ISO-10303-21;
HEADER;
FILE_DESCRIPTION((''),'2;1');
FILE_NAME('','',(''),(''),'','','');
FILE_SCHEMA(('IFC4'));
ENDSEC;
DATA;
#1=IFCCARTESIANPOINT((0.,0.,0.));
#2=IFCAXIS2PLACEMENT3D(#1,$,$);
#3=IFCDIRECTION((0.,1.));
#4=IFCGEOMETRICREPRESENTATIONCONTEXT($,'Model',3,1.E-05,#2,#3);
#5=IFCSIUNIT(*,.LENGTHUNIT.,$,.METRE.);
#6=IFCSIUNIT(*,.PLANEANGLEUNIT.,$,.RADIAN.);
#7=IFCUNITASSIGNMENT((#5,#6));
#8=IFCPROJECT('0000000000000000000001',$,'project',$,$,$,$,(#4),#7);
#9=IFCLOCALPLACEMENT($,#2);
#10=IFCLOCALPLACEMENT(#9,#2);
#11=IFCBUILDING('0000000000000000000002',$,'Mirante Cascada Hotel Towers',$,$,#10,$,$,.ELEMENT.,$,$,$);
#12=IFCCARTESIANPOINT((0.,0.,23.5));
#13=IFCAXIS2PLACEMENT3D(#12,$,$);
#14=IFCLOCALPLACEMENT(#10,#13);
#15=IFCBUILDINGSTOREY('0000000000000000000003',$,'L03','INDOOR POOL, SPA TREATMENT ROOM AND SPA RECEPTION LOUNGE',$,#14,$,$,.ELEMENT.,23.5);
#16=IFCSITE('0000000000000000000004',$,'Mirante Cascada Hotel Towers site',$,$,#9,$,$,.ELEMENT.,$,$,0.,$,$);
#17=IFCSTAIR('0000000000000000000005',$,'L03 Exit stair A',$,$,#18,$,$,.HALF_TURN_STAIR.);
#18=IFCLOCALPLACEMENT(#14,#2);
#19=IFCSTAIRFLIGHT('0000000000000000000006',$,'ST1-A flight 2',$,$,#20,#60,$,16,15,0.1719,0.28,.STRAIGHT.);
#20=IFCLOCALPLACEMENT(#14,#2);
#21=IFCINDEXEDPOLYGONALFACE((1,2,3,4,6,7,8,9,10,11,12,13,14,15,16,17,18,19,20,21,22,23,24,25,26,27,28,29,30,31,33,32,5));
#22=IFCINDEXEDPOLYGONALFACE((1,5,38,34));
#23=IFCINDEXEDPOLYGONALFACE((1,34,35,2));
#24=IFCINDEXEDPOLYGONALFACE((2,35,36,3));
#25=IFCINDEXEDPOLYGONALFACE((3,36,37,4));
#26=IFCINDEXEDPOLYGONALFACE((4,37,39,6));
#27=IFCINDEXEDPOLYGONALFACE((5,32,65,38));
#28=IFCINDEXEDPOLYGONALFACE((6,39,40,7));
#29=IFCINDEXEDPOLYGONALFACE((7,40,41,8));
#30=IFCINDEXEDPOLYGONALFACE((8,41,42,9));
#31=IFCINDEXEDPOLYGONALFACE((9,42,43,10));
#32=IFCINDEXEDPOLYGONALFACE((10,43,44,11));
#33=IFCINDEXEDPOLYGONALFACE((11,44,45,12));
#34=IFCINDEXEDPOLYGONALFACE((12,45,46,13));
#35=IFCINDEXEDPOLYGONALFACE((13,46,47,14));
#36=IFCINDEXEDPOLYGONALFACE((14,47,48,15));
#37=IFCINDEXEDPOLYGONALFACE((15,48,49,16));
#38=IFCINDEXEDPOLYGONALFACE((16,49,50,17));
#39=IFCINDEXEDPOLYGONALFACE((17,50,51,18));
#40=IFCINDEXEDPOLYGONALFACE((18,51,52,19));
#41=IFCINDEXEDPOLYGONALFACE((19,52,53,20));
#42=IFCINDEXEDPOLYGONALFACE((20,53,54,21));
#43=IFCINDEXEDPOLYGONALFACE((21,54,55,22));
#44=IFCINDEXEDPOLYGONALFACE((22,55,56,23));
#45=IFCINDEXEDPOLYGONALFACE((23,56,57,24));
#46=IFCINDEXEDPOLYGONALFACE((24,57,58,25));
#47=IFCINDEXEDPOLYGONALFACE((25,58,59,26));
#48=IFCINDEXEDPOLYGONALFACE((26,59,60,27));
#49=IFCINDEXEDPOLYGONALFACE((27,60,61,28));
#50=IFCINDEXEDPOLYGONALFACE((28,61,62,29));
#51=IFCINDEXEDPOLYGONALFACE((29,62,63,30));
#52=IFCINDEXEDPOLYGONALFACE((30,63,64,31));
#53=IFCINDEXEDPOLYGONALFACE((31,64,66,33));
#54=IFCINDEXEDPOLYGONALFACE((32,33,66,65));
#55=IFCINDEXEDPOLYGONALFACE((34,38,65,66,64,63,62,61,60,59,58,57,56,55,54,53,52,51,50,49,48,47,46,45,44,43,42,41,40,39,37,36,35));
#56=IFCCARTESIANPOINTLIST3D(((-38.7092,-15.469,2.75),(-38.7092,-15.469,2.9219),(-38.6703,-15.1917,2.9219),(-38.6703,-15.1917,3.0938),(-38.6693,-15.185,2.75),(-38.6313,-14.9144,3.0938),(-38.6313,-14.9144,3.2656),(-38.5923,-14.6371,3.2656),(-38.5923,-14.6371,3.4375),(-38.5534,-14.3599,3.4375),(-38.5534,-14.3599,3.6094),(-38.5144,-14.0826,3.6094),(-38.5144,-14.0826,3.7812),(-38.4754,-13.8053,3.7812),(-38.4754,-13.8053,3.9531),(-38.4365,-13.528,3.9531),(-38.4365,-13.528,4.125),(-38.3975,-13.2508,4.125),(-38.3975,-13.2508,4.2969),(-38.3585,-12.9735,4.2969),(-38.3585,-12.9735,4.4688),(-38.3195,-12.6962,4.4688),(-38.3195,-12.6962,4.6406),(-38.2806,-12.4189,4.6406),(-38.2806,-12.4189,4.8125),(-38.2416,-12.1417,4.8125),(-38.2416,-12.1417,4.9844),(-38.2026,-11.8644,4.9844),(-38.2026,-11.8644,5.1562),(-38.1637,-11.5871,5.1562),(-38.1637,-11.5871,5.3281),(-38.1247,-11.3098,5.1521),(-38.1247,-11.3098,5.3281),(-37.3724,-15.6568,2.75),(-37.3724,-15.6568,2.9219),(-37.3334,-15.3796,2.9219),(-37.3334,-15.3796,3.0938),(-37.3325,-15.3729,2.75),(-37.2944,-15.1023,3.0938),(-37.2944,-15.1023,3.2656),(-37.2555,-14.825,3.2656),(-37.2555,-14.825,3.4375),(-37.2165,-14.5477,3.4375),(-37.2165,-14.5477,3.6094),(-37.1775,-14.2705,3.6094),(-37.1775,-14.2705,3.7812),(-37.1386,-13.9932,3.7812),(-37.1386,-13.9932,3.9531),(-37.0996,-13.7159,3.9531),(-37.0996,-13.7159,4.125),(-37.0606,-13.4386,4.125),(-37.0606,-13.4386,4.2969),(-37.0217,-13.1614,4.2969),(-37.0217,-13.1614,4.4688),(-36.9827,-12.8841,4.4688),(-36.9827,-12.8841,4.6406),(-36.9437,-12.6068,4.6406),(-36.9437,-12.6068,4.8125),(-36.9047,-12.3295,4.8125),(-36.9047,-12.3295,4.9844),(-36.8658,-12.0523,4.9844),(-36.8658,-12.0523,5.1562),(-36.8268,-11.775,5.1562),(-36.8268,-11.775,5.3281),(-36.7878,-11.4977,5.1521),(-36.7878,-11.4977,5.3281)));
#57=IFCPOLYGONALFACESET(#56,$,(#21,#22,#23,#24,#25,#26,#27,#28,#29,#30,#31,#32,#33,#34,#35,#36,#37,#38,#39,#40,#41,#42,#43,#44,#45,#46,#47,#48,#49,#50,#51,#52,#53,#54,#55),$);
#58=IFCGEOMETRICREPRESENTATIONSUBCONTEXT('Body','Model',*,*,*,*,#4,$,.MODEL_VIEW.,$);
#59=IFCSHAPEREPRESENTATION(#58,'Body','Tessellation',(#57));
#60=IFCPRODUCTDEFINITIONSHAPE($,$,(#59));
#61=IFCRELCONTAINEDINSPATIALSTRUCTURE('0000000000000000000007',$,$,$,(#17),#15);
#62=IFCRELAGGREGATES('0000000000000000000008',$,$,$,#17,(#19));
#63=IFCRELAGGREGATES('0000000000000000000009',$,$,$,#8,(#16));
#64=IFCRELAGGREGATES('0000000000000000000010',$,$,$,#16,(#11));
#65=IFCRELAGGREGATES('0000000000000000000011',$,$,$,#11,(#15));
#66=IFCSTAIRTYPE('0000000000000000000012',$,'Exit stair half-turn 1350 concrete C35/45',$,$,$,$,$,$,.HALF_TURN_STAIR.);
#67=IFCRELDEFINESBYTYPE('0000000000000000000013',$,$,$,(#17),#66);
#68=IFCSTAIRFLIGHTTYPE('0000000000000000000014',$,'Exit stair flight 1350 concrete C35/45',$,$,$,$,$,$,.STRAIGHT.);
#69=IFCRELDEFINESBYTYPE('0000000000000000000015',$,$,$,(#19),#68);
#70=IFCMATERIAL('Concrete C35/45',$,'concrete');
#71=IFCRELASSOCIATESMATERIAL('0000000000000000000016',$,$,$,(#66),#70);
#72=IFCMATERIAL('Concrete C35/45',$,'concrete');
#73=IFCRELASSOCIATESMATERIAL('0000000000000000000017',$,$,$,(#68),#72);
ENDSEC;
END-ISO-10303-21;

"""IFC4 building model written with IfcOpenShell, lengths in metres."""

from ifc_helpers import new_model, si_unit, direction, frame, origin, place, context, subcontext, project, spatial, polyline, outline, extrude, material, type_object, element, aggregate, save


model = new_model("IFC4")

# Units and contexts
model_context = context("Model", 3, precision=1e-05, world=origin(), true_north=direction((0.0, 1.0)))
body_context = subcontext(model_context, "Body", "Model", "MODEL_VIEW")
ifc_project = project(units=[si_unit("LENGTHUNIT", "METRE"), si_unit("PLANEANGLEUNIT", "RADIAN")], contexts=[model_context])

# Site, building, storey
site_placement = place(None, origin())
site = spatial("IfcSite", under=ifc_project, at=site_placement, Name="Mirante Cascada Hotel Towers site", CompositionType="ELEMENT", RefElevation=0.0)
building_placement = place(site_placement, origin())
building = spatial("IfcBuilding", under=site, at=building_placement, Name="Mirante Cascada Hotel Towers", CompositionType="ELEMENT")
storey_placement = place(building_placement, frame((0.0, 0.0, 23.5)))
storey = spatial("IfcBuildingStorey", under=building, at=storey_placement, Name="L03", Description="INDOOR POOL, SPA TREATMENT ROOM AND SPA RECEPTION LOUNGE", CompositionType="ELEMENT", Elevation=23.5)

# Stair, stair flight
ifc_material_1 = material(Name="Concrete C35/45", Category="concrete")
stair_type = type_object("IfcStairType", Name="Exit stair half-turn 1350 concrete C35/45", PredefinedType="HALF_TURN_STAIR", material=ifc_material_1)
stair_placement = place(storey_placement, origin())
stair = element("IfcStair", 1, at=stair_placement, inside=storey, type_object=stair_type, Name="L03 Exit stair A", PredefinedType="HALF_TURN_STAIR")
ifc_material_2 = material(Name="Concrete C35/45", Category="concrete")
stair_flight_type = type_object("IfcStairFlightType", Name="Exit stair flight 1350 concrete C35/45", PredefinedType="STRAIGHT", material=ifc_material_2)
stair_flight_placement = place(storey_placement, frame((-38.0408, -15.5629, 2.75), z_axis=(0.0, 0.0, 1.0), x_axis=(0.139173, 0.990268, 0.0)))
stair_flight = element("IfcStairFlight", 2, at=stair_flight_placement, type_object=stair_flight_type, Name="ST1-A flight 2", NumberOfRisers=16, NumberOfTreads=15, PredefinedType="STRAIGHT", RiserHeight=0.1719, TreadLength=0.28, context=body_context, shape_type="SweptSolid", body=[
    extrude(outline(polyline([(0.0, 0.0), (0.0, 0.1719), (0.28, 0.1719), (0.28, 0.3438), (0.56, 0.3438), (0.56, 0.5156), (0.84, 0.5156), (0.84, 0.6875), (1.12, 0.6875), (1.12, 0.8594), (1.4, 0.8594), (1.4, 1.0312), (1.68, 1.0312), (1.68, 1.2031), (1.96, 1.2031), (1.96, 1.375), (2.24, 1.375), (2.24, 1.5469), (2.52, 1.5469), (2.52, 1.7188), (2.8, 1.7188), (2.8, 1.8906), (3.08, 1.8906), (3.08, 2.0625), (3.36, 2.0625), (3.36, 2.2344), (3.64, 2.2344), (3.64, 2.4062), (3.92, 2.4062), (3.92, 2.5781), (4.2, 2.5781), (4.2, 2.75), (4.2, 2.4021), (0.2867, 0.0), (0.0, 0.0)])), frame((0.0, 0.675, 0.0), z_axis=(0.0, -1.0, 0.0), x_axis=(1.0, 0.0, 0.0)), (0.0, 0.0, 1.0), 1.35),
])
aggregate(stair, [stair_flight])

save(model, "model.ifc")
